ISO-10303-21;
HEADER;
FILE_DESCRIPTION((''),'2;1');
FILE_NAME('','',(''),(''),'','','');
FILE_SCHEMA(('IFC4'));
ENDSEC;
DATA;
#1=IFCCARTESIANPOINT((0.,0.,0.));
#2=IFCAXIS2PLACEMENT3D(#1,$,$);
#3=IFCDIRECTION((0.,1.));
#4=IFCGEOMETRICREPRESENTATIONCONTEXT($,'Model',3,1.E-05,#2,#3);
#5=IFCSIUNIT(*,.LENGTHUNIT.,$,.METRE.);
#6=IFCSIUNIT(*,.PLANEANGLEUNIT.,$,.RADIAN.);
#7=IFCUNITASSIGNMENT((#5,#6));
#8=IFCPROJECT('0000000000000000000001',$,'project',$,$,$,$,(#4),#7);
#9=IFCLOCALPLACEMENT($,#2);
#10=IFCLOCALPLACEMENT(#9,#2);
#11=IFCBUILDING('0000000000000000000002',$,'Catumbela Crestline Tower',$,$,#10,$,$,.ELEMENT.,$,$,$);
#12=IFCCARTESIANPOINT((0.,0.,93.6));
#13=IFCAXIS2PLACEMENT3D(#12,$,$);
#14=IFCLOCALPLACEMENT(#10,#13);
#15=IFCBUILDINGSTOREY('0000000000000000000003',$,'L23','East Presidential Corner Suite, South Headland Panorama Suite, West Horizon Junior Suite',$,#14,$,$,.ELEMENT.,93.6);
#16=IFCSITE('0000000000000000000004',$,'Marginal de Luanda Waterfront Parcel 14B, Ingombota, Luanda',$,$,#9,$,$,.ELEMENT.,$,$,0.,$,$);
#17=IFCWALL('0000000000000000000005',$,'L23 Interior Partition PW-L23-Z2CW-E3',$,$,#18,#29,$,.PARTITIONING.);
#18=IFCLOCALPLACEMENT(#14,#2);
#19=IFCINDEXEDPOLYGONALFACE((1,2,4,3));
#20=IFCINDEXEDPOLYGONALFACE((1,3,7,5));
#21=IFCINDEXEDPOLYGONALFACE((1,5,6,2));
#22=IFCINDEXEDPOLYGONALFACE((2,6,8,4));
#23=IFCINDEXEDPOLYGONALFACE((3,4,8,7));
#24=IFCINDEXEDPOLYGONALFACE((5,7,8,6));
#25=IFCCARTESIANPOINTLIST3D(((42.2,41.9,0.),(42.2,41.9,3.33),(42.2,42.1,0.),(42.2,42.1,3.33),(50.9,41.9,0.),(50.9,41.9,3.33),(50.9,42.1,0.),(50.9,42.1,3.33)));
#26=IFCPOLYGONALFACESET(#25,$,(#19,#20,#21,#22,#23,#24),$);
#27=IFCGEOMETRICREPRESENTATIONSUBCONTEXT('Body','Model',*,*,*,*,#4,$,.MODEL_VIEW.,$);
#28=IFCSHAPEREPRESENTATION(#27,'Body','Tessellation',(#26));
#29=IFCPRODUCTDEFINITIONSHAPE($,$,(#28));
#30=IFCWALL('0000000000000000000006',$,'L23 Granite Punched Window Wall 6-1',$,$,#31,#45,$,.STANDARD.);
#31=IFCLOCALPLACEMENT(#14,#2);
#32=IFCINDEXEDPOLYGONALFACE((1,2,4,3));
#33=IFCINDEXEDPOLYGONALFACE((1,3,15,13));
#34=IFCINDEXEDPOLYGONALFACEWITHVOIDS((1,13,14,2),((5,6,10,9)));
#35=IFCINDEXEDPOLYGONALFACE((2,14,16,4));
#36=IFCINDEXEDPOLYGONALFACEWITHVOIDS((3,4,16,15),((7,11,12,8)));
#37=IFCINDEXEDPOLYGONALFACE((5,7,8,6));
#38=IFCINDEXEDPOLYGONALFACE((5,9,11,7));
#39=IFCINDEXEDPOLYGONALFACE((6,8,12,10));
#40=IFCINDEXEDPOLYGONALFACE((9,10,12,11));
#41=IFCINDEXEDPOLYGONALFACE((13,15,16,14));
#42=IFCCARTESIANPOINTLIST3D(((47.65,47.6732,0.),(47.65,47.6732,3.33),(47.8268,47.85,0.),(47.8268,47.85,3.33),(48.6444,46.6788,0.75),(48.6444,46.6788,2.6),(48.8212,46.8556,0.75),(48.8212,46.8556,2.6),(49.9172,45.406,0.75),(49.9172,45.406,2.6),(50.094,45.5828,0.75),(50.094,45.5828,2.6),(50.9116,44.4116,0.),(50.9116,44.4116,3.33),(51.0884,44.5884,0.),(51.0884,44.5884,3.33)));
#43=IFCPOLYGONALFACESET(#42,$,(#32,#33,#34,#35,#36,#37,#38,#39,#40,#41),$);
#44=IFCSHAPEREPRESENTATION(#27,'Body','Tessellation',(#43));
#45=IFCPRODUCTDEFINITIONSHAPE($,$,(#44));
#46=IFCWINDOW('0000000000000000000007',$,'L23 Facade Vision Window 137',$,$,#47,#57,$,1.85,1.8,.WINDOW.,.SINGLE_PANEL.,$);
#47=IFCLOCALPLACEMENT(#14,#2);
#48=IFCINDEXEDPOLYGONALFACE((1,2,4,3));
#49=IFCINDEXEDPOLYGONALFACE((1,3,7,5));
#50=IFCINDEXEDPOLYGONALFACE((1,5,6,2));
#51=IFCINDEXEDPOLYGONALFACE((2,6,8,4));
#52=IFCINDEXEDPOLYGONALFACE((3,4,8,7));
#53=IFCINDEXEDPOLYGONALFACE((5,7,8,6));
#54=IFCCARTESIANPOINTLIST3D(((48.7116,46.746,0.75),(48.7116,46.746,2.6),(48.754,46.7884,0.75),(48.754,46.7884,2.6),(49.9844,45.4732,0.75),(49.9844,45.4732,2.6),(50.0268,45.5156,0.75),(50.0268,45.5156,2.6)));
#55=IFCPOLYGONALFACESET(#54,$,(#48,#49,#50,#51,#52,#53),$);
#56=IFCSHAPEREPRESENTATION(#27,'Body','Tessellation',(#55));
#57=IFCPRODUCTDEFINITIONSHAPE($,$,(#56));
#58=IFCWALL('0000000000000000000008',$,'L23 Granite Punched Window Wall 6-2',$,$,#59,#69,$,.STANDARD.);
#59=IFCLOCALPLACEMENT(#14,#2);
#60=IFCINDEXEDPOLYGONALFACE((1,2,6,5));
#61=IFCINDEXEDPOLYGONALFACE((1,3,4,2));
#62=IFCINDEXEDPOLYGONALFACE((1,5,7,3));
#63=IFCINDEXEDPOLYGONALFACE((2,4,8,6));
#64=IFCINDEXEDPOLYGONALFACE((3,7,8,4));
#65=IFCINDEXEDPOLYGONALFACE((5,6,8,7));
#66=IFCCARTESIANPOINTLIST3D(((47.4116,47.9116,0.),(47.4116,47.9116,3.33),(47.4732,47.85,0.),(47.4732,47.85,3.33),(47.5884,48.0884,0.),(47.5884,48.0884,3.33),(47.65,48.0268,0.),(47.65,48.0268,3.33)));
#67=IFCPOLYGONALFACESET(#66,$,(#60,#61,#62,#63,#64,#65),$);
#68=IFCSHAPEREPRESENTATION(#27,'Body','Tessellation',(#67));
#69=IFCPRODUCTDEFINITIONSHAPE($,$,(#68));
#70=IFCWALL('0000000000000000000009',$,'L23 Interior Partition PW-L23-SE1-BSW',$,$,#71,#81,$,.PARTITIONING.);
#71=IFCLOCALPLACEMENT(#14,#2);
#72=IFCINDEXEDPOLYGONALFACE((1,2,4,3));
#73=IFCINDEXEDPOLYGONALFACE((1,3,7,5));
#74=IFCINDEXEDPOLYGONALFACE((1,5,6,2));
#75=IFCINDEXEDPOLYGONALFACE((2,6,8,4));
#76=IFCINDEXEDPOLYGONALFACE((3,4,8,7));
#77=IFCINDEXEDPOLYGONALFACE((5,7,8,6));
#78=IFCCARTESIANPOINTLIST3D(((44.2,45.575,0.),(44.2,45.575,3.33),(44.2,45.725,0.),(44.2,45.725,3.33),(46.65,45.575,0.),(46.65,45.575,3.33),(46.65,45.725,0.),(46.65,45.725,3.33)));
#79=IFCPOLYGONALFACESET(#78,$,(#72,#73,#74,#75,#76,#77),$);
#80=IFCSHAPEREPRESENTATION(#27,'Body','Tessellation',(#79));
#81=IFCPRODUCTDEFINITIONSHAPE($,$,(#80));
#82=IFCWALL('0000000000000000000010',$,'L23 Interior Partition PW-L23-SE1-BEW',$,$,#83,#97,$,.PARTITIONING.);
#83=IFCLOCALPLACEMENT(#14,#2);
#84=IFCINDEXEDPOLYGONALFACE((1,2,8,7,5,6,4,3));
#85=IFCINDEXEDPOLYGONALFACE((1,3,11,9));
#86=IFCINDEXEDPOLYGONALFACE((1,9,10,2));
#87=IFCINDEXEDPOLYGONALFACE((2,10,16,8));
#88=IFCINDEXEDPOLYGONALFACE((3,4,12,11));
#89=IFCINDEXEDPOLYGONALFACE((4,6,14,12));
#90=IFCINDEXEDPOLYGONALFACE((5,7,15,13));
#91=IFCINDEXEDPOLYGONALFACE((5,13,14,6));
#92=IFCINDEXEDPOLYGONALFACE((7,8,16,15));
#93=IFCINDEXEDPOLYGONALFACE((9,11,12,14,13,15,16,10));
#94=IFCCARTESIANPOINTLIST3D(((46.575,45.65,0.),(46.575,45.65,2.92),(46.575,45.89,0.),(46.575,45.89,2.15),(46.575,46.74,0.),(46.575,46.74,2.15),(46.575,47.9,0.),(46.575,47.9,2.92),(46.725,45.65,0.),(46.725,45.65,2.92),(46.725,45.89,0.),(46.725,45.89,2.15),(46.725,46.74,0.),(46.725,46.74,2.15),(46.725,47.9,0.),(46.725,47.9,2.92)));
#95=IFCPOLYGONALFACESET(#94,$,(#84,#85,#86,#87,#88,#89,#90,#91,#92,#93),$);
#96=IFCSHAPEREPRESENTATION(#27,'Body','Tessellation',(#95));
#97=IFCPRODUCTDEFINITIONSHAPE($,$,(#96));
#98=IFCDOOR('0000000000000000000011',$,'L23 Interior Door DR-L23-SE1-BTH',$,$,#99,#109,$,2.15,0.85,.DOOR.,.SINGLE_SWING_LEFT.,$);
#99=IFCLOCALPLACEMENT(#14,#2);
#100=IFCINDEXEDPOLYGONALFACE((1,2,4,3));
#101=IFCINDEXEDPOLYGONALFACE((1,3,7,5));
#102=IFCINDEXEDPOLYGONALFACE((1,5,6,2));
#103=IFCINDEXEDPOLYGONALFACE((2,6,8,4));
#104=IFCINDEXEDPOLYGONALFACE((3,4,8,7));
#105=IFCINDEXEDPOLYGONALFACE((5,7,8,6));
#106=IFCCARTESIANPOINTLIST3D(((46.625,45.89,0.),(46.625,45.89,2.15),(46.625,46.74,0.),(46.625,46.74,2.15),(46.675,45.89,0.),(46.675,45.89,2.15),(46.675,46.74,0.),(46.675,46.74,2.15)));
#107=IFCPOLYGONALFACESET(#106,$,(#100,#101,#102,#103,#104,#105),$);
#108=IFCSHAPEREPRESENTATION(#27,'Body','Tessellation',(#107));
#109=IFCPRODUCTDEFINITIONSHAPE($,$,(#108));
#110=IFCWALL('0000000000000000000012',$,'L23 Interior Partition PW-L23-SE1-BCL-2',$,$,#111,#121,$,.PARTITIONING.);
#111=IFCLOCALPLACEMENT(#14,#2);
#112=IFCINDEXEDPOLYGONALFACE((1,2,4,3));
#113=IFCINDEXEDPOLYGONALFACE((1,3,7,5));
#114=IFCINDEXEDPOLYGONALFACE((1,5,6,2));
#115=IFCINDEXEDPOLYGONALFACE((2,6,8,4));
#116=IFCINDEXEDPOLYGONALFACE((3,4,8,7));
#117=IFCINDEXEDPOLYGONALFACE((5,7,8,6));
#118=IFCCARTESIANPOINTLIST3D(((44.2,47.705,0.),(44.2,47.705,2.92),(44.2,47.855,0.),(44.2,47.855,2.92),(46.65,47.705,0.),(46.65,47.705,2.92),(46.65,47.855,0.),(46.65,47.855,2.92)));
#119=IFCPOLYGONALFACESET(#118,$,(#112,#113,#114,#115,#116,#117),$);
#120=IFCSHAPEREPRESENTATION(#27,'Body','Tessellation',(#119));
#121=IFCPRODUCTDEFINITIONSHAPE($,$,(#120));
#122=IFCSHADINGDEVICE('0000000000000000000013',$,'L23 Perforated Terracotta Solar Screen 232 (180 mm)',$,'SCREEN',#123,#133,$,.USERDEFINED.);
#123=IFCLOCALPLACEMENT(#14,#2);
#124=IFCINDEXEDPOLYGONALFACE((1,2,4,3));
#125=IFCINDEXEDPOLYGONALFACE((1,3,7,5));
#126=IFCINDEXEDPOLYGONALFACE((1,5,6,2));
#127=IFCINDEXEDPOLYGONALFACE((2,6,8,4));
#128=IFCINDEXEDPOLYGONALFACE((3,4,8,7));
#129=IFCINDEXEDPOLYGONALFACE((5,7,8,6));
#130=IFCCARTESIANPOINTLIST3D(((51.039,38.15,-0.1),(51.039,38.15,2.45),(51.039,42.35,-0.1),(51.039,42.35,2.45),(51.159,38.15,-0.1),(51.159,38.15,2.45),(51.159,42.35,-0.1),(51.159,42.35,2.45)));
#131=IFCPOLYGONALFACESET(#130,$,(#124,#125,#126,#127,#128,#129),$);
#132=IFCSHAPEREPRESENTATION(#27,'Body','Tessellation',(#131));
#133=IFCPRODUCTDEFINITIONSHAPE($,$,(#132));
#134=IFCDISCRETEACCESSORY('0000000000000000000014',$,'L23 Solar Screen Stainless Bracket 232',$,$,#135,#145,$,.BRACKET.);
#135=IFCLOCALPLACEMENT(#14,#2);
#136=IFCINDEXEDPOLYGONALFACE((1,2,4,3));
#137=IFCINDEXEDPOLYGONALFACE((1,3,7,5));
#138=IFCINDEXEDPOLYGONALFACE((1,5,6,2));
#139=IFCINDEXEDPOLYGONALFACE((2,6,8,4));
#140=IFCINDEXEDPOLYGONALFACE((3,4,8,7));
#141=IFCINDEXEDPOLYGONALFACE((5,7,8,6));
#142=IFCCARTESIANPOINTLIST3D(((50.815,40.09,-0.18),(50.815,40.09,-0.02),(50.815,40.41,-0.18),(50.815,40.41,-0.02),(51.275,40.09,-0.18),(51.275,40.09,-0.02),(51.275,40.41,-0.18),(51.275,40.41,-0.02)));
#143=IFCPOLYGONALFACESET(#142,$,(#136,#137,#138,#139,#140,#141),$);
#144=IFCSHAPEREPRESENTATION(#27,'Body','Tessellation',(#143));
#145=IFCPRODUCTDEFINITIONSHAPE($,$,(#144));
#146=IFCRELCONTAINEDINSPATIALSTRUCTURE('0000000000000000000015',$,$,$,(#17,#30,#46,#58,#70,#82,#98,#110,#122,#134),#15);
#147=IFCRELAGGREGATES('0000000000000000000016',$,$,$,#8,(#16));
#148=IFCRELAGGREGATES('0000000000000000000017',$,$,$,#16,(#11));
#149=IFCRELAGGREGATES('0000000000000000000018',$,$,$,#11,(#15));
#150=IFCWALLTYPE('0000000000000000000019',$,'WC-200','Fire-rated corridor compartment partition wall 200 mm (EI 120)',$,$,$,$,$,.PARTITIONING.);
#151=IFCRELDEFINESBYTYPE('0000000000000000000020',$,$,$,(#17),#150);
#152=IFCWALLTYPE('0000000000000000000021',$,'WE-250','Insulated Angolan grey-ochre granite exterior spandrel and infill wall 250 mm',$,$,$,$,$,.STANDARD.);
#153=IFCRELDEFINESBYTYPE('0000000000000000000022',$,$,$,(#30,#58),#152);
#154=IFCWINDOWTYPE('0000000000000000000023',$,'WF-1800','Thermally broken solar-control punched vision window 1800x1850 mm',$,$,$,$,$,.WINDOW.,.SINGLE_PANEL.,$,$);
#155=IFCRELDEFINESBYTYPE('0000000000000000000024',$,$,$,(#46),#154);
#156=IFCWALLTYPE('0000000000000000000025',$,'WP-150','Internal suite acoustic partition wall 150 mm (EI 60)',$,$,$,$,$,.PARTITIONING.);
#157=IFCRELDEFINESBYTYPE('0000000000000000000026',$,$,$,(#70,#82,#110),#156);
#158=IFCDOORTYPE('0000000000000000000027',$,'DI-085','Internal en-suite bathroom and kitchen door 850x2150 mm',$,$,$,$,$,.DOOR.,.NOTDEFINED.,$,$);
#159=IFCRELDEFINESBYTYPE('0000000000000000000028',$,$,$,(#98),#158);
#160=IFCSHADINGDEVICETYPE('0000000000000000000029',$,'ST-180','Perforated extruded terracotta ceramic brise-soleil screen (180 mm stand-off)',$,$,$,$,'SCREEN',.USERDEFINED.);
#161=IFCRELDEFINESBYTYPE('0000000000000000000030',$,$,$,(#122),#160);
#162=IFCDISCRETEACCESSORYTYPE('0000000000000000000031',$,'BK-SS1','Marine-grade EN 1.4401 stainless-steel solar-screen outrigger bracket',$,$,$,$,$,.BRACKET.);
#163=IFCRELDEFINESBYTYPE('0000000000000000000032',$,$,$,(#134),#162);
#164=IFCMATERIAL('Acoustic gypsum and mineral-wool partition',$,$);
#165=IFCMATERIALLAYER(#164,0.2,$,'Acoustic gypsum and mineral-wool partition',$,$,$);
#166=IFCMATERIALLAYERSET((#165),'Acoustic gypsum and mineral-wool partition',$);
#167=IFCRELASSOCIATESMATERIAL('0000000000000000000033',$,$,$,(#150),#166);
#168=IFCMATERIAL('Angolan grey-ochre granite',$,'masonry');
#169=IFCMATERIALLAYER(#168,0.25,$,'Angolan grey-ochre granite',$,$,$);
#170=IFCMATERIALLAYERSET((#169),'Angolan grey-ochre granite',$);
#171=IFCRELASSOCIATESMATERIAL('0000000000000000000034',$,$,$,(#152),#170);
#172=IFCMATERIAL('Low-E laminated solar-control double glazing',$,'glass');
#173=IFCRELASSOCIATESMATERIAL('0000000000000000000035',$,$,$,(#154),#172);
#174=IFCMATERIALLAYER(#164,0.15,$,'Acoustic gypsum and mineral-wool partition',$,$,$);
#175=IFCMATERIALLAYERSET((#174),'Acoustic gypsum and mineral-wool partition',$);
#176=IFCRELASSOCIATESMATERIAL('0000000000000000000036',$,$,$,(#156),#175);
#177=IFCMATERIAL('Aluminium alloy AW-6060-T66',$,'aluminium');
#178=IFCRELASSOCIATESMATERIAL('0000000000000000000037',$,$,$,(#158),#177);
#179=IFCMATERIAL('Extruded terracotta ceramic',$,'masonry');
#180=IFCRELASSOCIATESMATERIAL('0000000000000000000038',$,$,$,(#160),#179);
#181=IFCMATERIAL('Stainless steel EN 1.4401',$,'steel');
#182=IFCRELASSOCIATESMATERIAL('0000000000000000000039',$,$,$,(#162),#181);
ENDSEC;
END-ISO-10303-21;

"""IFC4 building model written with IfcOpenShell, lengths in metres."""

from ifc_helpers import new_model, si_unit, direction, frame, frame_2d, origin, origin_2d, place, context, subcontext, project, spatial, rectangle, extrude, material, layer, layer_set, type_object, element, fill, save


model = new_model("IFC4")

# Units and contexts
model_context = context("Model", 3, precision=1e-05, world=origin(), true_north=direction((0.0, 1.0)))
body_context = subcontext(model_context, "Body", "Model", "MODEL_VIEW")
ifc_project = project(units=[si_unit("LENGTHUNIT", "METRE"), si_unit("PLANEANGLEUNIT", "RADIAN")], contexts=[model_context])

# Site, building, storey
site_placement = place(None, origin())
site = spatial("IfcSite", under=ifc_project, at=site_placement, Name="Marginal de Luanda Waterfront Parcel 14B, Ingombota, Luanda", CompositionType="ELEMENT", RefElevation=0.0)
building_placement = place(site_placement, origin())
building = spatial("IfcBuilding", under=site, at=building_placement, Name="Catumbela Crestline Tower", CompositionType="ELEMENT")
storey_placement = place(building_placement, frame((0.0, 0.0, 93.6)))
storey = spatial("IfcBuildingStorey", under=building, at=storey_placement, Name="L23", Description="East Presidential Corner Suite, South Headland Panorama Suite, West Horizon Junior Suite", CompositionType="ELEMENT", Elevation=93.6)

# Shared definitions
ifc_material_1 = material(Name="Aluminium alloy AW-6060-T66", Category="aluminium")

# Shared definitions
ifc_material_2 = material(Name="Low-E laminated solar-control double glazing", Category="glass")

# Wall
ifc_material_3 = material(Name="Acoustic gypsum and mineral-wool partition")
ifc_layer_1 = layer(ifc_material_3, 0.2, Name="Acoustic gypsum and mineral-wool partition")
ifc_layer_set_1 = layer_set([ifc_layer_1], Name="Acoustic gypsum and mineral-wool partition")
wall_type_1 = type_object("IfcWallType", Name="WC-200", Description="Fire-rated corridor compartment partition wall 200 mm (EI 120)", PredefinedType="PARTITIONING", material=ifc_layer_set_1)
wall_1_placement = place(storey_placement, frame((42.2, 42.0, 0.0), z_axis=(0.0, 0.0, 1.0), x_axis=(1.0, 0.0, 0.0)))
element("IfcWall", 1, at=wall_1_placement, inside=storey, type_object=wall_type_1, Name="L23 Interior Partition PW-L23-Z2CW-E3", PredefinedType="PARTITIONING", context=body_context, shape_type="SweptSolid", body=[
    extrude(rectangle(XDim=8.7, YDim=0.2, at=frame_2d((4.35, 0.0))), origin(), (0.0, 0.0, 1.0), 3.33),
])

# Wall, opening, window
ifc_material_4 = material(Name="Angolan grey-ochre granite", Category="masonry")
ifc_layer_2 = layer(ifc_material_4, 0.25, Name="Angolan grey-ochre granite")
ifc_layer_set_2 = layer_set([ifc_layer_2], Name="Angolan grey-ochre granite")
wall_type_2 = type_object("IfcWallType", Name="WE-250", Description="Insulated Angolan grey-ochre granite exterior spandrel and infill wall 250 mm", PredefinedType="STANDARD", material=ifc_layer_set_2)
wall_2_placement = place(storey_placement, frame((51.0, 44.5, 0.0), z_axis=(0.0, 0.0, 1.0), x_axis=(-0.707107, 0.707107, 0.0)))
wall_2 = element("IfcWall", 2, at=wall_2_placement, inside=storey, type_object=wall_type_2, Name="L23 Granite Punched Window Wall 6-1", PredefinedType="STANDARD", context=body_context, shape_type="SweptSolid", body=[
    extrude(rectangle(XDim=4.6126, YDim=0.25, at=frame_2d((2.3063, 0.0))), origin(), (0.0, 0.0, 1.0), 3.33),
])
opening_1_placement = place(wall_2_placement, frame((1.4063, 0.0, 0.75)))
opening_1 = element("IfcOpeningElement", 3, at=opening_1_placement, cuts=wall_2, PredefinedType="OPENING", context=body_context, shape_type="SweptSolid", body=[
    extrude(rectangle(XDim=1.8, YDim=1.85, at=frame_2d((0.9, 0.925))), frame((0.0, 0.135, 0.0), z_axis=(0.0, -1.0, 0.0), x_axis=(1.0, 0.0, 0.0)), (0.0, 0.0, 1.0), 0.27),
])
window_type = type_object("IfcWindowType", Name="WF-1800", Description="Thermally broken solar-control punched vision window 1800x1850 mm", PartitioningType="SINGLE_PANEL", PredefinedType="WINDOW", material=ifc_material_2)
window_placement = place(opening_1_placement, origin())
window = element("IfcWindow", 4, at=window_placement, inside=storey, type_object=window_type, Name="L23 Facade Vision Window 137", OverallHeight=1.85, OverallWidth=1.8, PartitioningType="SINGLE_PANEL", PredefinedType="WINDOW", context=body_context, shape_type="SweptSolid", body=[
    extrude(rectangle(XDim=1.8, YDim=1.85, at=frame_2d((0.9, 0.925))), frame((0.0, 0.03, 0.0), z_axis=(0.0, -1.0, 0.0), x_axis=(1.0, 0.0, 0.0)), (0.0, 0.0, 1.0), 0.06),
])
fill(opening_1, window)

# Walls
wall_3_placement = place(storey_placement, frame((47.5616, 47.9384, 0.0), z_axis=(0.0, 0.0, 1.0), x_axis=(-0.707107, 0.707107, 0.0)))
element("IfcWall", 5, at=wall_3_placement, inside=storey, type_object=wall_type_2, Name="L23 Granite Punched Window Wall 6-2", PredefinedType="STANDARD", context=body_context, shape_type="SweptSolid", body=[
    extrude(rectangle(XDim=0.0871, YDim=0.25, at=frame_2d((0.0436, 0.0))), origin(), (0.0, 0.0, 1.0), 3.33),
])
ifc_layer_3 = layer(ifc_material_3, 0.15, Name="Acoustic gypsum and mineral-wool partition")
ifc_layer_set_3 = layer_set([ifc_layer_3], Name="Acoustic gypsum and mineral-wool partition")
wall_type_3 = type_object("IfcWallType", Name="WP-150", Description="Internal suite acoustic partition wall 150 mm (EI 60)", PredefinedType="PARTITIONING", material=ifc_layer_set_3)
wall_4_placement = place(storey_placement, frame((44.2, 45.65, 0.0), z_axis=(0.0, 0.0, 1.0), x_axis=(1.0, 0.0, 0.0)))
element("IfcWall", 6, at=wall_4_placement, inside=storey, type_object=wall_type_3, Name="L23 Interior Partition PW-L23-SE1-BSW", PredefinedType="PARTITIONING", context=body_context, shape_type="SweptSolid", body=[
    extrude(rectangle(XDim=2.45, YDim=0.15, at=frame_2d((1.225, 0.0))), origin(), (0.0, 0.0, 1.0), 3.33),
])

# Wall, opening, door
wall_5_placement = place(storey_placement, frame((46.65, 45.65, 0.0), z_axis=(0.0, 0.0, 1.0), x_axis=(0.0, 1.0, 0.0)))
wall_5 = element("IfcWall", 7, at=wall_5_placement, inside=storey, type_object=wall_type_3, Name="L23 Interior Partition PW-L23-SE1-BEW", PredefinedType="PARTITIONING", context=body_context, shape_type="SweptSolid", body=[
    extrude(rectangle(XDim=2.25, YDim=0.15, at=frame_2d((1.125, 0.0))), origin(), (0.0, 0.0, 1.0), 2.92),
])
opening_2_placement = place(wall_5_placement, frame((0.24, 0.0, 0.0)))
opening_2 = element("IfcOpeningElement", 8, at=opening_2_placement, cuts=wall_5, PredefinedType="OPENING", context=body_context, shape_type="SweptSolid", body=[
    extrude(rectangle(XDim=0.85, YDim=2.15, at=frame_2d((0.425, 1.075))), frame((0.0, 0.085, 0.0), z_axis=(0.0, -1.0, 0.0), x_axis=(1.0, 0.0, 0.0)), (0.0, 0.0, 1.0), 0.17),
])
door_type = type_object("IfcDoorType", Name="DI-085", Description="Internal en-suite bathroom and kitchen door 850x2150 mm", OperationType="NOTDEFINED", PredefinedType="DOOR", material=ifc_material_1)
door_placement = place(opening_2_placement, origin())
door = element("IfcDoor", 9, at=door_placement, inside=storey, type_object=door_type, Name="L23 Interior Door DR-L23-SE1-BTH", OperationType="SINGLE_SWING_LEFT", OverallHeight=2.15, OverallWidth=0.85, PredefinedType="DOOR", context=body_context, shape_type="SweptSolid", body=[
    extrude(rectangle(XDim=0.85, YDim=2.15, at=frame_2d((0.425, 1.075))), frame((0.0, 0.025, 0.0), z_axis=(0.0, -1.0, 0.0), x_axis=(1.0, 0.0, 0.0)), (0.0, 0.0, 1.0), 0.05),
])
fill(opening_2, door)

# Wall
wall_6_placement = place(storey_placement, frame((44.2, 47.78, 0.0), z_axis=(0.0, 0.0, 1.0), x_axis=(1.0, 0.0, 0.0)))
element("IfcWall", 10, at=wall_6_placement, inside=storey, type_object=wall_type_3, Name="L23 Interior Partition PW-L23-SE1-BCL-2", PredefinedType="PARTITIONING", context=body_context, shape_type="SweptSolid", body=[
    extrude(rectangle(XDim=2.45, YDim=0.15, at=frame_2d((1.225, 0.0))), origin(), (0.0, 0.0, 1.0), 2.92),
])

# Shading device
ifc_material_5 = material(Name="Extruded terracotta ceramic", Category="masonry")
shading_device_type = type_object("IfcShadingDeviceType", Name="ST-180", Description="Perforated extruded terracotta ceramic brise-soleil screen (180 mm stand-off)", ElementType="SCREEN", PredefinedType="USERDEFINED", material=ifc_material_5)
shading_device_placement = place(storey_placement, frame((51.099, 40.25, -0.1), z_axis=(0.0, 0.0, 1.0), x_axis=(0.0, 1.0, 0.0)))
element("IfcShadingDevice", 11, at=shading_device_placement, inside=storey, type_object=shading_device_type, Name="L23 Perforated Terracotta Solar Screen 232 (180 mm)", ObjectType="SCREEN", PredefinedType="USERDEFINED", context=body_context, shape_type="SweptSolid", body=[
    extrude(rectangle(XDim=4.2, YDim=0.12, at=origin_2d()), origin(), (0.0, 0.0, 1.0), 2.55),
])

# Discrete accessory
ifc_material_6 = material(Name="Stainless steel EN 1.4401", Category="steel")
discrete_accessory_type = type_object("IfcDiscreteAccessoryType", Name="BK-SS1", Description="Marine-grade EN 1.4401 stainless-steel solar-screen outrigger bracket", PredefinedType="BRACKET", material=ifc_material_6)
discrete_accessory_placement = place(storey_placement, frame((51.045, 40.25, -0.18), z_axis=(0.0, 0.0, 1.0), x_axis=(0.0, 1.0, 0.0)))
element("IfcDiscreteAccessory", 12, at=discrete_accessory_placement, inside=storey, type_object=discrete_accessory_type, Name="L23 Solar Screen Stainless Bracket 232", PredefinedType="BRACKET", context=body_context, shape_type="SweptSolid", body=[
    extrude(rectangle(XDim=0.32, YDim=0.46, at=origin_2d()), origin(), (0.0, 0.0, 1.0), 0.16),
])

save(model, "model.ifc")
